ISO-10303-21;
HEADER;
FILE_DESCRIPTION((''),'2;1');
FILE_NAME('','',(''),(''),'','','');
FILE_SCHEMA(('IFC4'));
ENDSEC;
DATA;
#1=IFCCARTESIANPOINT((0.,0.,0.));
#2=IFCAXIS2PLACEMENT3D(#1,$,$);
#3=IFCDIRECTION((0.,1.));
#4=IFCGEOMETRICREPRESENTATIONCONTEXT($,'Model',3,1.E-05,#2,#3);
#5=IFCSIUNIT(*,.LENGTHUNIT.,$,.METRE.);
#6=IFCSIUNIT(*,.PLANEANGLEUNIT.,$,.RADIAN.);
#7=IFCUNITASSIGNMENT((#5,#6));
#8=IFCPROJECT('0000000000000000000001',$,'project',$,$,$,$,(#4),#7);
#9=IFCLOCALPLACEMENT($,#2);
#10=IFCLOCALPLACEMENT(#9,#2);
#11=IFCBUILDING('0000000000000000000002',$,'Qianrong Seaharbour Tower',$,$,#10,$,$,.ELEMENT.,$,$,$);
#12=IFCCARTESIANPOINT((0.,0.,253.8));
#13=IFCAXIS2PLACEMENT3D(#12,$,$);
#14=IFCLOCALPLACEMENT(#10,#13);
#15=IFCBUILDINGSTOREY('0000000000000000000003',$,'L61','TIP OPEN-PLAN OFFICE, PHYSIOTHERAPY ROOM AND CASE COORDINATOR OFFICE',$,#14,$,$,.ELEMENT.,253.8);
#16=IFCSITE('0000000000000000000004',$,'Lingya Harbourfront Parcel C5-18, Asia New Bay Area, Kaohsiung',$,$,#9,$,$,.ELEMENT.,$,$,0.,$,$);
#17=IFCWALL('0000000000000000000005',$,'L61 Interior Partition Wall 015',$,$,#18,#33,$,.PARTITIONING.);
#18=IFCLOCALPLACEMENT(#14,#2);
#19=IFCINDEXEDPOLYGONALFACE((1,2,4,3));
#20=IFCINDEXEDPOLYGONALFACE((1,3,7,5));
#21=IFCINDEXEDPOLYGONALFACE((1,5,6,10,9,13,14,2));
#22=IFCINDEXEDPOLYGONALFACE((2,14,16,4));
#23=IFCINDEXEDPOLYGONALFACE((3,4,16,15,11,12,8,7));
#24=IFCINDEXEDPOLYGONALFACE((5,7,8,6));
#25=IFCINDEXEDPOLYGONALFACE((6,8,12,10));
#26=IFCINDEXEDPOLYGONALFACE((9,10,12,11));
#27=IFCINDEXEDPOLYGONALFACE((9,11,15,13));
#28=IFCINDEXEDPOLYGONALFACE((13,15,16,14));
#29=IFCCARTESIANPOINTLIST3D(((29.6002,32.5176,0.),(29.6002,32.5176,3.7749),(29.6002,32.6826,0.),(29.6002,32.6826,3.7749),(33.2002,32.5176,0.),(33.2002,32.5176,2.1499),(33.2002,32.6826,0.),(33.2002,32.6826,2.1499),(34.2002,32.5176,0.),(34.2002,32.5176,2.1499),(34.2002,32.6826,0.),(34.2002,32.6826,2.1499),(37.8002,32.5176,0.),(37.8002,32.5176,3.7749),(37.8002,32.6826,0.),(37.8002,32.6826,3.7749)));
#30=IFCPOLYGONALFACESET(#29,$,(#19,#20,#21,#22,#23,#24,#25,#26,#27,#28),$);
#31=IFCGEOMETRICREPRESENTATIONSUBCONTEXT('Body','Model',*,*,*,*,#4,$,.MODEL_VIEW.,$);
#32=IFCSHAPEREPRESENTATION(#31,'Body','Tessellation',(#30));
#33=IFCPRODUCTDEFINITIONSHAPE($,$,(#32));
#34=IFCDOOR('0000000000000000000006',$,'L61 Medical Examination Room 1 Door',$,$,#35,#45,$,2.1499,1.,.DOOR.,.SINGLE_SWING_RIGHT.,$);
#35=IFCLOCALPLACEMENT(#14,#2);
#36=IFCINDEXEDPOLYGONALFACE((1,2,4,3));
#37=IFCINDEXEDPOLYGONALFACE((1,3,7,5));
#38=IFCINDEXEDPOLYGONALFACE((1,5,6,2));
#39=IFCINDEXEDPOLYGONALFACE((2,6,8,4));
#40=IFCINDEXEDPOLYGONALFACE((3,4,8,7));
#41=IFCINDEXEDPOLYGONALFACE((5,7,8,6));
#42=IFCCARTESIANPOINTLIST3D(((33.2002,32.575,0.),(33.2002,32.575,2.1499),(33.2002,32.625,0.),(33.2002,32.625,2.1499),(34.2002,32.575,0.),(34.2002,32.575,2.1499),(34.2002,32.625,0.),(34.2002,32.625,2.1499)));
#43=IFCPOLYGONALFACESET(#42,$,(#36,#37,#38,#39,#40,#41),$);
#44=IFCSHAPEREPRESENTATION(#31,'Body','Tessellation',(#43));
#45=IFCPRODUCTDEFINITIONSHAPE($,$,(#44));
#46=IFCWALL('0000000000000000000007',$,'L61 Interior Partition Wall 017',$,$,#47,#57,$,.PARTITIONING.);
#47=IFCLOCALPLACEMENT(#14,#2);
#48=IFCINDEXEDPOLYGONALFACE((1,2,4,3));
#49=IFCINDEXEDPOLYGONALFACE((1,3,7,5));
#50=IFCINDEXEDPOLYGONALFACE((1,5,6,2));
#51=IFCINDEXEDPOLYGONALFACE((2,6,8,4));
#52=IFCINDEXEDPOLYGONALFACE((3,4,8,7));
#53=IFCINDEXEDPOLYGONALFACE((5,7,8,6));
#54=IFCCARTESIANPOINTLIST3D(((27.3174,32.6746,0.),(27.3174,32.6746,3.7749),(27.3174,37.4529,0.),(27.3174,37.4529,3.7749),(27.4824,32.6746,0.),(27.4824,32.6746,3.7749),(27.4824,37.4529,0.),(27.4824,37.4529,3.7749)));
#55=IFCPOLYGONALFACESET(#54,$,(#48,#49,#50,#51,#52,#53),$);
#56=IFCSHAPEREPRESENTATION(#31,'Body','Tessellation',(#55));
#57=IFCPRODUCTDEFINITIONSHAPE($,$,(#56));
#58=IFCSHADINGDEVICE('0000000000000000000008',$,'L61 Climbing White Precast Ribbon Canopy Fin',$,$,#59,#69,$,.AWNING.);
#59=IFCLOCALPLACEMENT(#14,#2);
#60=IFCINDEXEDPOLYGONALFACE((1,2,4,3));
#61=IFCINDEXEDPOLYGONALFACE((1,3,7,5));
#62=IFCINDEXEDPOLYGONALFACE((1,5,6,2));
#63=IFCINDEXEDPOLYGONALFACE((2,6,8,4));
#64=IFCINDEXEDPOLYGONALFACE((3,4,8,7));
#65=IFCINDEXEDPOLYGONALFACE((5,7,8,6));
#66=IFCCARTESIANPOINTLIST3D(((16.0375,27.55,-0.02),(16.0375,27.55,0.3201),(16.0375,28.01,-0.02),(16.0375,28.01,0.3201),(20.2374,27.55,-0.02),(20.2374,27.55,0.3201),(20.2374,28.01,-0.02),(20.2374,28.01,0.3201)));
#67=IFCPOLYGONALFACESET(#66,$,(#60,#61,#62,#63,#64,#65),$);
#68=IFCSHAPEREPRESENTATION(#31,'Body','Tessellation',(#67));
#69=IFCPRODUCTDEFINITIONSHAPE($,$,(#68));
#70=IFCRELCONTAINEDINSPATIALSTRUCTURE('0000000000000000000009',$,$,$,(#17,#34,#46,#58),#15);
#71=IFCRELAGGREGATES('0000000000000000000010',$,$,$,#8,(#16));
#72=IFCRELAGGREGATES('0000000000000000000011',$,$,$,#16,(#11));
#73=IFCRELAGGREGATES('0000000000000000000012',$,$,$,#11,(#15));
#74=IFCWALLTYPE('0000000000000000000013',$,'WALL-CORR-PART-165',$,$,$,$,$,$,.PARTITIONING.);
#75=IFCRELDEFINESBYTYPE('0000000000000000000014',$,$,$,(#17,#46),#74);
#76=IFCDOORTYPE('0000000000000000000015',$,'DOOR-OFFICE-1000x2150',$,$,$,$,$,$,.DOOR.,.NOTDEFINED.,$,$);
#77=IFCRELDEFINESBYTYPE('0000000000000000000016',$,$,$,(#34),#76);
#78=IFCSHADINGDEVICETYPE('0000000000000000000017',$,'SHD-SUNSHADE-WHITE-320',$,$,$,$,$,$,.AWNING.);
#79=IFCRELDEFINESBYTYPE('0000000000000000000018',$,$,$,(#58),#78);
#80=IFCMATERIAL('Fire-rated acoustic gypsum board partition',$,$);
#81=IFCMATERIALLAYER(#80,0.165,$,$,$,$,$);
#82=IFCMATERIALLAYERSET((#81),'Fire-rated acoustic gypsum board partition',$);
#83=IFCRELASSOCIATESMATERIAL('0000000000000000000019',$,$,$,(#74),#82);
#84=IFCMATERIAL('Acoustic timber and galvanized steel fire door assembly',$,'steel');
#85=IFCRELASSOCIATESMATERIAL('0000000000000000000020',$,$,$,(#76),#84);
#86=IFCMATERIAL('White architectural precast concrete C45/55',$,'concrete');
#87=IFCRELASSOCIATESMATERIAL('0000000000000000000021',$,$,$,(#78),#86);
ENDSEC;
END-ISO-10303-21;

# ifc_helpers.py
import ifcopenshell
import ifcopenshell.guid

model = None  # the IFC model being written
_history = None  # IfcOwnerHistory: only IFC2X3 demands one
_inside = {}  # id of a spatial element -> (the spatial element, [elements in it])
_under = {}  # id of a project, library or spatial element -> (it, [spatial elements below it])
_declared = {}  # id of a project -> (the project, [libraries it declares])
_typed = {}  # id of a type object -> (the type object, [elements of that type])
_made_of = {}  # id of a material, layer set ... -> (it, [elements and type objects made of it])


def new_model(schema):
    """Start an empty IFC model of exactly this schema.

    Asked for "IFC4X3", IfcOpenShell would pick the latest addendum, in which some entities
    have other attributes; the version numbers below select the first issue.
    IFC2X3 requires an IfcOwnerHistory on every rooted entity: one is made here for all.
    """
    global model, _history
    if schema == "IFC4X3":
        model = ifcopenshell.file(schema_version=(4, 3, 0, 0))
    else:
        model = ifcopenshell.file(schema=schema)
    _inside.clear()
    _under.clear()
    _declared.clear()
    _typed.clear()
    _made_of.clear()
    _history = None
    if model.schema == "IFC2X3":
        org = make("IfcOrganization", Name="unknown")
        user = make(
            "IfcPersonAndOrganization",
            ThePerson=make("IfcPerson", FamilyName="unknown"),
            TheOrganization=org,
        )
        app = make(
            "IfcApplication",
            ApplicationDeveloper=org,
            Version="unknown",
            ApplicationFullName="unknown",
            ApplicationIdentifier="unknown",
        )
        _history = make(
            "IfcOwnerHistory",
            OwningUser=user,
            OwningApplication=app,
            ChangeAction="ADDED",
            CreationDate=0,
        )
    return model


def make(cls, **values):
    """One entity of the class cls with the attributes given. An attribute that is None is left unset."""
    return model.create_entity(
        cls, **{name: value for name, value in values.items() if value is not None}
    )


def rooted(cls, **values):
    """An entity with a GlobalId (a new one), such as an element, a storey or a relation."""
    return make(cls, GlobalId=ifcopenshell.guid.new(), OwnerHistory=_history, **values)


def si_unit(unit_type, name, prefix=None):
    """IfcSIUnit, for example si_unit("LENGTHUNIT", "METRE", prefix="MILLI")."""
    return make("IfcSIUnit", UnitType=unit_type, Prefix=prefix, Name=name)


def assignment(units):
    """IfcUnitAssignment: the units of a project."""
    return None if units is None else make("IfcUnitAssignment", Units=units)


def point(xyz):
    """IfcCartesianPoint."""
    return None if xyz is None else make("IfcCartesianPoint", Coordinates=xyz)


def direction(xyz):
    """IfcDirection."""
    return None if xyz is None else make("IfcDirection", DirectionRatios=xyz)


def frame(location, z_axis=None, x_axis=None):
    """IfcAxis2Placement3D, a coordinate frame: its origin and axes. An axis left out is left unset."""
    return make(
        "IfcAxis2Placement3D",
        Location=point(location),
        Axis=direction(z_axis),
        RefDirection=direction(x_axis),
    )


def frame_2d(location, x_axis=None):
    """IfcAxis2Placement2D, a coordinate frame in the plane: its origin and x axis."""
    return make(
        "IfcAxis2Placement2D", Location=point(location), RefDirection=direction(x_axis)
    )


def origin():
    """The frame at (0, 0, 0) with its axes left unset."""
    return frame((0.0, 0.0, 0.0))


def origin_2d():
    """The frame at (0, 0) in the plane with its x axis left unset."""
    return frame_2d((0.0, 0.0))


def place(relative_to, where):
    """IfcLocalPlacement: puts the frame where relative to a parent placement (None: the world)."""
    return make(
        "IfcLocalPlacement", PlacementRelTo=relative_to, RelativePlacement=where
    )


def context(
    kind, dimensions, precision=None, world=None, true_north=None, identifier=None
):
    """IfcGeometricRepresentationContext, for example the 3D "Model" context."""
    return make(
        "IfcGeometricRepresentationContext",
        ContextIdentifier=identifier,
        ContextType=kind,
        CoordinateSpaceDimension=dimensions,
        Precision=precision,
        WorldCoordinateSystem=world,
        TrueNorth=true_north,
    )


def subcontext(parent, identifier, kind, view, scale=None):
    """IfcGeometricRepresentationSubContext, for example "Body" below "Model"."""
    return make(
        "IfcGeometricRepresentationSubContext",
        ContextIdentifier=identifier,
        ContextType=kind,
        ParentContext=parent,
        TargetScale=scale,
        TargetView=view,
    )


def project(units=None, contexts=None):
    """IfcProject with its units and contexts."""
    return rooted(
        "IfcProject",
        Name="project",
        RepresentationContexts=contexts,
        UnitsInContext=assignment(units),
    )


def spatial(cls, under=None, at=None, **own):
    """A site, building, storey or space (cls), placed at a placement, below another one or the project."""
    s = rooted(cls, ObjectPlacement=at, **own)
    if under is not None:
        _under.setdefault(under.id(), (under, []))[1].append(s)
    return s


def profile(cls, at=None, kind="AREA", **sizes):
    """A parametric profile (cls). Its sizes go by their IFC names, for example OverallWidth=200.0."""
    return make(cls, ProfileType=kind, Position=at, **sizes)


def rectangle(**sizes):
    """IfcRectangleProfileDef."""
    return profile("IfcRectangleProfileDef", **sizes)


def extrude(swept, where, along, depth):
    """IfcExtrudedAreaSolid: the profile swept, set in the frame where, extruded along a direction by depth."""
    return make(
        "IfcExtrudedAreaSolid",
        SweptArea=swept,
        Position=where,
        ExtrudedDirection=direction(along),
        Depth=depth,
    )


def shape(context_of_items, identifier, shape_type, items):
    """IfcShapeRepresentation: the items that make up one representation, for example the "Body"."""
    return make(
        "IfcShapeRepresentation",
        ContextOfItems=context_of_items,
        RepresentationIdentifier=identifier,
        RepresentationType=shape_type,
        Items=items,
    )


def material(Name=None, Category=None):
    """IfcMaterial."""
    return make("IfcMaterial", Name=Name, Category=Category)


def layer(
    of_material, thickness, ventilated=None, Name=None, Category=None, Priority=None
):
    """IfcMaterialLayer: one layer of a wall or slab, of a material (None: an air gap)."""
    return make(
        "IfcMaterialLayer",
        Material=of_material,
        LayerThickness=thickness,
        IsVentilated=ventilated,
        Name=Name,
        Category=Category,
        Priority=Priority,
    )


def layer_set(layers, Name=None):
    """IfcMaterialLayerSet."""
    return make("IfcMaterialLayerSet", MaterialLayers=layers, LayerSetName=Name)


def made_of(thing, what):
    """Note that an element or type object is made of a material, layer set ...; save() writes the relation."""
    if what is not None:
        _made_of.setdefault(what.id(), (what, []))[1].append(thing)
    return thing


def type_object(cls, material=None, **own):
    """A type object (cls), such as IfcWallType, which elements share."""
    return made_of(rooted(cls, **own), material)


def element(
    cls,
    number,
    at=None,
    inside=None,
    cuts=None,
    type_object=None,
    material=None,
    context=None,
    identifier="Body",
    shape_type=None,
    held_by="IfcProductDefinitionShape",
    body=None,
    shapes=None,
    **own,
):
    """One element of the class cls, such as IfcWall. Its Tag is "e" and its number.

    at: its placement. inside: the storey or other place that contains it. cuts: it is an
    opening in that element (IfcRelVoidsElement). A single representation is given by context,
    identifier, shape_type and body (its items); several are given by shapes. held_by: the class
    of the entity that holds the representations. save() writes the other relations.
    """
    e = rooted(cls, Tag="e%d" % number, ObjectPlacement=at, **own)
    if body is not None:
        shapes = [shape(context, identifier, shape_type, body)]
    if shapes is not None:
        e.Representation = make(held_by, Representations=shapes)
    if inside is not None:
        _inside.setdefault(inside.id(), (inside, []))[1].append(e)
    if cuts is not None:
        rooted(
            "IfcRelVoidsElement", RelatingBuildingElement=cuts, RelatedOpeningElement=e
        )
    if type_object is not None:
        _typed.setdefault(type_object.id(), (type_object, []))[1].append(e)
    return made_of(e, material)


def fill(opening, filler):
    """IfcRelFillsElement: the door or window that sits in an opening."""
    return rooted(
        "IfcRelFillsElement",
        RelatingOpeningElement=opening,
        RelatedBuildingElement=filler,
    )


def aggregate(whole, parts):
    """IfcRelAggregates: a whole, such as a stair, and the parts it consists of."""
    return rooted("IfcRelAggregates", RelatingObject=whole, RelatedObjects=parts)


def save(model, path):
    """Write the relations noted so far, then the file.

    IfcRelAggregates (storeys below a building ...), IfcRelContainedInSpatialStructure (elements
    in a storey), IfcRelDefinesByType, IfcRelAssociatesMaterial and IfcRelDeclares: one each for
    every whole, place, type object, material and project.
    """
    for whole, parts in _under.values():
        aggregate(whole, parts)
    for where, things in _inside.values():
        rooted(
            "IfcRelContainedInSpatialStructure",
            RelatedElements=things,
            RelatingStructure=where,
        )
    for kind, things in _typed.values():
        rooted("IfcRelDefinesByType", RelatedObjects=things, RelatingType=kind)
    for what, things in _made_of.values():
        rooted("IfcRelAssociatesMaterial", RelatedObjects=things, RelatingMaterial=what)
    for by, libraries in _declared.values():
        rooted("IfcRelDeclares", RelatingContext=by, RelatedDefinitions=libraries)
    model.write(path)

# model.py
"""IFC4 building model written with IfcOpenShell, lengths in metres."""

from ifc_helpers import new_model, si_unit, direction, frame, frame_2d, origin, origin_2d, place, context, subcontext, project, spatial, rectangle, extrude, material, layer, layer_set, type_object, element, fill, save


model = new_model("IFC4")

# Units and contexts
model_context = context("Model", 3, precision=1e-05, world=origin(), true_north=direction((0.0, 1.0)))
body_context = subcontext(model_context, "Body", "Model", "MODEL_VIEW")
ifc_project = project(units=[si_unit("LENGTHUNIT", "METRE"), si_unit("PLANEANGLEUNIT", "RADIAN")], contexts=[model_context])

# Site, building, storey
site_placement = place(None, origin())
site = spatial("IfcSite", under=ifc_project, at=site_placement, Name="Lingya Harbourfront Parcel C5-18, Asia New Bay Area, Kaohsiung", CompositionType="ELEMENT", RefElevation=0.0)
building_placement = place(site_placement, origin())
building = spatial("IfcBuilding", under=site, at=building_placement, Name="Qianrong Seaharbour Tower", CompositionType="ELEMENT")
storey_placement = place(building_placement, frame((0.0, 0.0, 253.8)))
storey = spatial("IfcBuildingStorey", under=building, at=storey_placement, Name="L61", Description="TIP OPEN-PLAN OFFICE, PHYSIOTHERAPY ROOM AND CASE COORDINATOR OFFICE", CompositionType="ELEMENT", Elevation=253.8)

# Wall, opening, door
ifc_material_1 = material(Name="Fire-rated acoustic gypsum board partition")
ifc_layer = layer(ifc_material_1, 0.165)
ifc_layer_set = layer_set([ifc_layer], Name="Fire-rated acoustic gypsum board partition")
wall_type = type_object("IfcWallType", Name="WALL-CORR-PART-165", PredefinedType="PARTITIONING", material=ifc_layer_set)
wall_1_placement = place(storey_placement, frame((29.6001, 32.6001, 0.0), z_axis=(0.0, 0.0, 1.0), x_axis=(1.0, 0.0, 0.0)))
wall_1 = element("IfcWall", 1, at=wall_1_placement, inside=storey, type_object=wall_type, Name="L61 Interior Partition Wall 015", PredefinedType="PARTITIONING", context=body_context, shape_type="SweptSolid", body=[
    extrude(rectangle(XDim=8.2, YDim=0.165, at=frame_2d((4.1001, 0.0))), origin(), (0.0, 0.0, 1.0), 3.7749),
])
opening_placement = place(wall_1_placement, frame((3.6001, 0.0, 0.0)))
opening = element("IfcOpeningElement", 2, at=opening_placement, cuts=wall_1, PredefinedType="OPENING", context=body_context, shape_type="SweptSolid", body=[
    extrude(rectangle(XDim=1.0, YDim=2.1499, at=frame_2d((0.5, 1.075))), frame((0.0, 0.0925, 0.0), z_axis=(0.0, -1.0, 0.0), x_axis=(1.0, 0.0, 0.0)), (0.0, 0.0, 1.0), 0.1851),
])
ifc_material_2 = material(Name="Acoustic timber and galvanized steel fire door assembly", Category="steel")
door_type = type_object("IfcDoorType", Name="DOOR-OFFICE-1000x2150", OperationType="NOTDEFINED", PredefinedType="DOOR", material=ifc_material_2)
door_placement = place(opening_placement, origin())
door = element("IfcDoor", 3, at=door_placement, inside=storey, type_object=door_type, Name="L61 Medical Examination Room 1 Door", OperationType="SINGLE_SWING_RIGHT", OverallHeight=2.1499, OverallWidth=1.0, PredefinedType="DOOR", context=body_context, shape_type="SweptSolid", body=[
    extrude(rectangle(XDim=1.0, YDim=2.1499, at=frame_2d((0.5, 1.075))), frame((0.0, 0.0249, 0.0), z_axis=(0.0, -1.0, 0.0), x_axis=(1.0, 0.0, 0.0)), (0.0, 0.0, 1.0), 0.05),
])
fill(opening, door)

# Wall
wall_2_placement = place(storey_placement, frame((27.3999, 32.6746, 0.0), z_axis=(0.0, 0.0, 1.0), x_axis=(0.0, 1.0, 0.0)))
element("IfcWall", 4, at=wall_2_placement, inside=storey, type_object=wall_type, Name="L61 Interior Partition Wall 017", PredefinedType="PARTITIONING", context=body_context, shape_type="SweptSolid", body=[
    extrude(rectangle(XDim=4.7783, YDim=0.165, at=frame_2d((2.3892, 0.0))), origin(), (0.0, 0.0, 1.0), 3.7749),
])

# Shading device
ifc_material_3 = material(Name="White architectural precast concrete C45/55", Category="concrete")
shading_device_type = type_object("IfcShadingDeviceType", Name="SHD-SUNSHADE-WHITE-320", PredefinedType="AWNING", material=ifc_material_3)
shading_device_placement = place(storey_placement, frame((18.1375, 27.78, -0.02), z_axis=(0.0, 0.0, 1.0), x_axis=(1.0, 0.0, 0.0)))
element("IfcShadingDevice", 5, at=shading_device_placement, inside=storey, type_object=shading_device_type, Name="L61 Climbing White Precast Ribbon Canopy Fin", PredefinedType="AWNING", context=body_context, shape_type="SweptSolid", body=[
    extrude(rectangle(XDim=4.2, YDim=0.46, at=origin_2d()), origin(), (0.0, 0.0, 1.0), 0.3401),
])

save(model, "model.ifc")
